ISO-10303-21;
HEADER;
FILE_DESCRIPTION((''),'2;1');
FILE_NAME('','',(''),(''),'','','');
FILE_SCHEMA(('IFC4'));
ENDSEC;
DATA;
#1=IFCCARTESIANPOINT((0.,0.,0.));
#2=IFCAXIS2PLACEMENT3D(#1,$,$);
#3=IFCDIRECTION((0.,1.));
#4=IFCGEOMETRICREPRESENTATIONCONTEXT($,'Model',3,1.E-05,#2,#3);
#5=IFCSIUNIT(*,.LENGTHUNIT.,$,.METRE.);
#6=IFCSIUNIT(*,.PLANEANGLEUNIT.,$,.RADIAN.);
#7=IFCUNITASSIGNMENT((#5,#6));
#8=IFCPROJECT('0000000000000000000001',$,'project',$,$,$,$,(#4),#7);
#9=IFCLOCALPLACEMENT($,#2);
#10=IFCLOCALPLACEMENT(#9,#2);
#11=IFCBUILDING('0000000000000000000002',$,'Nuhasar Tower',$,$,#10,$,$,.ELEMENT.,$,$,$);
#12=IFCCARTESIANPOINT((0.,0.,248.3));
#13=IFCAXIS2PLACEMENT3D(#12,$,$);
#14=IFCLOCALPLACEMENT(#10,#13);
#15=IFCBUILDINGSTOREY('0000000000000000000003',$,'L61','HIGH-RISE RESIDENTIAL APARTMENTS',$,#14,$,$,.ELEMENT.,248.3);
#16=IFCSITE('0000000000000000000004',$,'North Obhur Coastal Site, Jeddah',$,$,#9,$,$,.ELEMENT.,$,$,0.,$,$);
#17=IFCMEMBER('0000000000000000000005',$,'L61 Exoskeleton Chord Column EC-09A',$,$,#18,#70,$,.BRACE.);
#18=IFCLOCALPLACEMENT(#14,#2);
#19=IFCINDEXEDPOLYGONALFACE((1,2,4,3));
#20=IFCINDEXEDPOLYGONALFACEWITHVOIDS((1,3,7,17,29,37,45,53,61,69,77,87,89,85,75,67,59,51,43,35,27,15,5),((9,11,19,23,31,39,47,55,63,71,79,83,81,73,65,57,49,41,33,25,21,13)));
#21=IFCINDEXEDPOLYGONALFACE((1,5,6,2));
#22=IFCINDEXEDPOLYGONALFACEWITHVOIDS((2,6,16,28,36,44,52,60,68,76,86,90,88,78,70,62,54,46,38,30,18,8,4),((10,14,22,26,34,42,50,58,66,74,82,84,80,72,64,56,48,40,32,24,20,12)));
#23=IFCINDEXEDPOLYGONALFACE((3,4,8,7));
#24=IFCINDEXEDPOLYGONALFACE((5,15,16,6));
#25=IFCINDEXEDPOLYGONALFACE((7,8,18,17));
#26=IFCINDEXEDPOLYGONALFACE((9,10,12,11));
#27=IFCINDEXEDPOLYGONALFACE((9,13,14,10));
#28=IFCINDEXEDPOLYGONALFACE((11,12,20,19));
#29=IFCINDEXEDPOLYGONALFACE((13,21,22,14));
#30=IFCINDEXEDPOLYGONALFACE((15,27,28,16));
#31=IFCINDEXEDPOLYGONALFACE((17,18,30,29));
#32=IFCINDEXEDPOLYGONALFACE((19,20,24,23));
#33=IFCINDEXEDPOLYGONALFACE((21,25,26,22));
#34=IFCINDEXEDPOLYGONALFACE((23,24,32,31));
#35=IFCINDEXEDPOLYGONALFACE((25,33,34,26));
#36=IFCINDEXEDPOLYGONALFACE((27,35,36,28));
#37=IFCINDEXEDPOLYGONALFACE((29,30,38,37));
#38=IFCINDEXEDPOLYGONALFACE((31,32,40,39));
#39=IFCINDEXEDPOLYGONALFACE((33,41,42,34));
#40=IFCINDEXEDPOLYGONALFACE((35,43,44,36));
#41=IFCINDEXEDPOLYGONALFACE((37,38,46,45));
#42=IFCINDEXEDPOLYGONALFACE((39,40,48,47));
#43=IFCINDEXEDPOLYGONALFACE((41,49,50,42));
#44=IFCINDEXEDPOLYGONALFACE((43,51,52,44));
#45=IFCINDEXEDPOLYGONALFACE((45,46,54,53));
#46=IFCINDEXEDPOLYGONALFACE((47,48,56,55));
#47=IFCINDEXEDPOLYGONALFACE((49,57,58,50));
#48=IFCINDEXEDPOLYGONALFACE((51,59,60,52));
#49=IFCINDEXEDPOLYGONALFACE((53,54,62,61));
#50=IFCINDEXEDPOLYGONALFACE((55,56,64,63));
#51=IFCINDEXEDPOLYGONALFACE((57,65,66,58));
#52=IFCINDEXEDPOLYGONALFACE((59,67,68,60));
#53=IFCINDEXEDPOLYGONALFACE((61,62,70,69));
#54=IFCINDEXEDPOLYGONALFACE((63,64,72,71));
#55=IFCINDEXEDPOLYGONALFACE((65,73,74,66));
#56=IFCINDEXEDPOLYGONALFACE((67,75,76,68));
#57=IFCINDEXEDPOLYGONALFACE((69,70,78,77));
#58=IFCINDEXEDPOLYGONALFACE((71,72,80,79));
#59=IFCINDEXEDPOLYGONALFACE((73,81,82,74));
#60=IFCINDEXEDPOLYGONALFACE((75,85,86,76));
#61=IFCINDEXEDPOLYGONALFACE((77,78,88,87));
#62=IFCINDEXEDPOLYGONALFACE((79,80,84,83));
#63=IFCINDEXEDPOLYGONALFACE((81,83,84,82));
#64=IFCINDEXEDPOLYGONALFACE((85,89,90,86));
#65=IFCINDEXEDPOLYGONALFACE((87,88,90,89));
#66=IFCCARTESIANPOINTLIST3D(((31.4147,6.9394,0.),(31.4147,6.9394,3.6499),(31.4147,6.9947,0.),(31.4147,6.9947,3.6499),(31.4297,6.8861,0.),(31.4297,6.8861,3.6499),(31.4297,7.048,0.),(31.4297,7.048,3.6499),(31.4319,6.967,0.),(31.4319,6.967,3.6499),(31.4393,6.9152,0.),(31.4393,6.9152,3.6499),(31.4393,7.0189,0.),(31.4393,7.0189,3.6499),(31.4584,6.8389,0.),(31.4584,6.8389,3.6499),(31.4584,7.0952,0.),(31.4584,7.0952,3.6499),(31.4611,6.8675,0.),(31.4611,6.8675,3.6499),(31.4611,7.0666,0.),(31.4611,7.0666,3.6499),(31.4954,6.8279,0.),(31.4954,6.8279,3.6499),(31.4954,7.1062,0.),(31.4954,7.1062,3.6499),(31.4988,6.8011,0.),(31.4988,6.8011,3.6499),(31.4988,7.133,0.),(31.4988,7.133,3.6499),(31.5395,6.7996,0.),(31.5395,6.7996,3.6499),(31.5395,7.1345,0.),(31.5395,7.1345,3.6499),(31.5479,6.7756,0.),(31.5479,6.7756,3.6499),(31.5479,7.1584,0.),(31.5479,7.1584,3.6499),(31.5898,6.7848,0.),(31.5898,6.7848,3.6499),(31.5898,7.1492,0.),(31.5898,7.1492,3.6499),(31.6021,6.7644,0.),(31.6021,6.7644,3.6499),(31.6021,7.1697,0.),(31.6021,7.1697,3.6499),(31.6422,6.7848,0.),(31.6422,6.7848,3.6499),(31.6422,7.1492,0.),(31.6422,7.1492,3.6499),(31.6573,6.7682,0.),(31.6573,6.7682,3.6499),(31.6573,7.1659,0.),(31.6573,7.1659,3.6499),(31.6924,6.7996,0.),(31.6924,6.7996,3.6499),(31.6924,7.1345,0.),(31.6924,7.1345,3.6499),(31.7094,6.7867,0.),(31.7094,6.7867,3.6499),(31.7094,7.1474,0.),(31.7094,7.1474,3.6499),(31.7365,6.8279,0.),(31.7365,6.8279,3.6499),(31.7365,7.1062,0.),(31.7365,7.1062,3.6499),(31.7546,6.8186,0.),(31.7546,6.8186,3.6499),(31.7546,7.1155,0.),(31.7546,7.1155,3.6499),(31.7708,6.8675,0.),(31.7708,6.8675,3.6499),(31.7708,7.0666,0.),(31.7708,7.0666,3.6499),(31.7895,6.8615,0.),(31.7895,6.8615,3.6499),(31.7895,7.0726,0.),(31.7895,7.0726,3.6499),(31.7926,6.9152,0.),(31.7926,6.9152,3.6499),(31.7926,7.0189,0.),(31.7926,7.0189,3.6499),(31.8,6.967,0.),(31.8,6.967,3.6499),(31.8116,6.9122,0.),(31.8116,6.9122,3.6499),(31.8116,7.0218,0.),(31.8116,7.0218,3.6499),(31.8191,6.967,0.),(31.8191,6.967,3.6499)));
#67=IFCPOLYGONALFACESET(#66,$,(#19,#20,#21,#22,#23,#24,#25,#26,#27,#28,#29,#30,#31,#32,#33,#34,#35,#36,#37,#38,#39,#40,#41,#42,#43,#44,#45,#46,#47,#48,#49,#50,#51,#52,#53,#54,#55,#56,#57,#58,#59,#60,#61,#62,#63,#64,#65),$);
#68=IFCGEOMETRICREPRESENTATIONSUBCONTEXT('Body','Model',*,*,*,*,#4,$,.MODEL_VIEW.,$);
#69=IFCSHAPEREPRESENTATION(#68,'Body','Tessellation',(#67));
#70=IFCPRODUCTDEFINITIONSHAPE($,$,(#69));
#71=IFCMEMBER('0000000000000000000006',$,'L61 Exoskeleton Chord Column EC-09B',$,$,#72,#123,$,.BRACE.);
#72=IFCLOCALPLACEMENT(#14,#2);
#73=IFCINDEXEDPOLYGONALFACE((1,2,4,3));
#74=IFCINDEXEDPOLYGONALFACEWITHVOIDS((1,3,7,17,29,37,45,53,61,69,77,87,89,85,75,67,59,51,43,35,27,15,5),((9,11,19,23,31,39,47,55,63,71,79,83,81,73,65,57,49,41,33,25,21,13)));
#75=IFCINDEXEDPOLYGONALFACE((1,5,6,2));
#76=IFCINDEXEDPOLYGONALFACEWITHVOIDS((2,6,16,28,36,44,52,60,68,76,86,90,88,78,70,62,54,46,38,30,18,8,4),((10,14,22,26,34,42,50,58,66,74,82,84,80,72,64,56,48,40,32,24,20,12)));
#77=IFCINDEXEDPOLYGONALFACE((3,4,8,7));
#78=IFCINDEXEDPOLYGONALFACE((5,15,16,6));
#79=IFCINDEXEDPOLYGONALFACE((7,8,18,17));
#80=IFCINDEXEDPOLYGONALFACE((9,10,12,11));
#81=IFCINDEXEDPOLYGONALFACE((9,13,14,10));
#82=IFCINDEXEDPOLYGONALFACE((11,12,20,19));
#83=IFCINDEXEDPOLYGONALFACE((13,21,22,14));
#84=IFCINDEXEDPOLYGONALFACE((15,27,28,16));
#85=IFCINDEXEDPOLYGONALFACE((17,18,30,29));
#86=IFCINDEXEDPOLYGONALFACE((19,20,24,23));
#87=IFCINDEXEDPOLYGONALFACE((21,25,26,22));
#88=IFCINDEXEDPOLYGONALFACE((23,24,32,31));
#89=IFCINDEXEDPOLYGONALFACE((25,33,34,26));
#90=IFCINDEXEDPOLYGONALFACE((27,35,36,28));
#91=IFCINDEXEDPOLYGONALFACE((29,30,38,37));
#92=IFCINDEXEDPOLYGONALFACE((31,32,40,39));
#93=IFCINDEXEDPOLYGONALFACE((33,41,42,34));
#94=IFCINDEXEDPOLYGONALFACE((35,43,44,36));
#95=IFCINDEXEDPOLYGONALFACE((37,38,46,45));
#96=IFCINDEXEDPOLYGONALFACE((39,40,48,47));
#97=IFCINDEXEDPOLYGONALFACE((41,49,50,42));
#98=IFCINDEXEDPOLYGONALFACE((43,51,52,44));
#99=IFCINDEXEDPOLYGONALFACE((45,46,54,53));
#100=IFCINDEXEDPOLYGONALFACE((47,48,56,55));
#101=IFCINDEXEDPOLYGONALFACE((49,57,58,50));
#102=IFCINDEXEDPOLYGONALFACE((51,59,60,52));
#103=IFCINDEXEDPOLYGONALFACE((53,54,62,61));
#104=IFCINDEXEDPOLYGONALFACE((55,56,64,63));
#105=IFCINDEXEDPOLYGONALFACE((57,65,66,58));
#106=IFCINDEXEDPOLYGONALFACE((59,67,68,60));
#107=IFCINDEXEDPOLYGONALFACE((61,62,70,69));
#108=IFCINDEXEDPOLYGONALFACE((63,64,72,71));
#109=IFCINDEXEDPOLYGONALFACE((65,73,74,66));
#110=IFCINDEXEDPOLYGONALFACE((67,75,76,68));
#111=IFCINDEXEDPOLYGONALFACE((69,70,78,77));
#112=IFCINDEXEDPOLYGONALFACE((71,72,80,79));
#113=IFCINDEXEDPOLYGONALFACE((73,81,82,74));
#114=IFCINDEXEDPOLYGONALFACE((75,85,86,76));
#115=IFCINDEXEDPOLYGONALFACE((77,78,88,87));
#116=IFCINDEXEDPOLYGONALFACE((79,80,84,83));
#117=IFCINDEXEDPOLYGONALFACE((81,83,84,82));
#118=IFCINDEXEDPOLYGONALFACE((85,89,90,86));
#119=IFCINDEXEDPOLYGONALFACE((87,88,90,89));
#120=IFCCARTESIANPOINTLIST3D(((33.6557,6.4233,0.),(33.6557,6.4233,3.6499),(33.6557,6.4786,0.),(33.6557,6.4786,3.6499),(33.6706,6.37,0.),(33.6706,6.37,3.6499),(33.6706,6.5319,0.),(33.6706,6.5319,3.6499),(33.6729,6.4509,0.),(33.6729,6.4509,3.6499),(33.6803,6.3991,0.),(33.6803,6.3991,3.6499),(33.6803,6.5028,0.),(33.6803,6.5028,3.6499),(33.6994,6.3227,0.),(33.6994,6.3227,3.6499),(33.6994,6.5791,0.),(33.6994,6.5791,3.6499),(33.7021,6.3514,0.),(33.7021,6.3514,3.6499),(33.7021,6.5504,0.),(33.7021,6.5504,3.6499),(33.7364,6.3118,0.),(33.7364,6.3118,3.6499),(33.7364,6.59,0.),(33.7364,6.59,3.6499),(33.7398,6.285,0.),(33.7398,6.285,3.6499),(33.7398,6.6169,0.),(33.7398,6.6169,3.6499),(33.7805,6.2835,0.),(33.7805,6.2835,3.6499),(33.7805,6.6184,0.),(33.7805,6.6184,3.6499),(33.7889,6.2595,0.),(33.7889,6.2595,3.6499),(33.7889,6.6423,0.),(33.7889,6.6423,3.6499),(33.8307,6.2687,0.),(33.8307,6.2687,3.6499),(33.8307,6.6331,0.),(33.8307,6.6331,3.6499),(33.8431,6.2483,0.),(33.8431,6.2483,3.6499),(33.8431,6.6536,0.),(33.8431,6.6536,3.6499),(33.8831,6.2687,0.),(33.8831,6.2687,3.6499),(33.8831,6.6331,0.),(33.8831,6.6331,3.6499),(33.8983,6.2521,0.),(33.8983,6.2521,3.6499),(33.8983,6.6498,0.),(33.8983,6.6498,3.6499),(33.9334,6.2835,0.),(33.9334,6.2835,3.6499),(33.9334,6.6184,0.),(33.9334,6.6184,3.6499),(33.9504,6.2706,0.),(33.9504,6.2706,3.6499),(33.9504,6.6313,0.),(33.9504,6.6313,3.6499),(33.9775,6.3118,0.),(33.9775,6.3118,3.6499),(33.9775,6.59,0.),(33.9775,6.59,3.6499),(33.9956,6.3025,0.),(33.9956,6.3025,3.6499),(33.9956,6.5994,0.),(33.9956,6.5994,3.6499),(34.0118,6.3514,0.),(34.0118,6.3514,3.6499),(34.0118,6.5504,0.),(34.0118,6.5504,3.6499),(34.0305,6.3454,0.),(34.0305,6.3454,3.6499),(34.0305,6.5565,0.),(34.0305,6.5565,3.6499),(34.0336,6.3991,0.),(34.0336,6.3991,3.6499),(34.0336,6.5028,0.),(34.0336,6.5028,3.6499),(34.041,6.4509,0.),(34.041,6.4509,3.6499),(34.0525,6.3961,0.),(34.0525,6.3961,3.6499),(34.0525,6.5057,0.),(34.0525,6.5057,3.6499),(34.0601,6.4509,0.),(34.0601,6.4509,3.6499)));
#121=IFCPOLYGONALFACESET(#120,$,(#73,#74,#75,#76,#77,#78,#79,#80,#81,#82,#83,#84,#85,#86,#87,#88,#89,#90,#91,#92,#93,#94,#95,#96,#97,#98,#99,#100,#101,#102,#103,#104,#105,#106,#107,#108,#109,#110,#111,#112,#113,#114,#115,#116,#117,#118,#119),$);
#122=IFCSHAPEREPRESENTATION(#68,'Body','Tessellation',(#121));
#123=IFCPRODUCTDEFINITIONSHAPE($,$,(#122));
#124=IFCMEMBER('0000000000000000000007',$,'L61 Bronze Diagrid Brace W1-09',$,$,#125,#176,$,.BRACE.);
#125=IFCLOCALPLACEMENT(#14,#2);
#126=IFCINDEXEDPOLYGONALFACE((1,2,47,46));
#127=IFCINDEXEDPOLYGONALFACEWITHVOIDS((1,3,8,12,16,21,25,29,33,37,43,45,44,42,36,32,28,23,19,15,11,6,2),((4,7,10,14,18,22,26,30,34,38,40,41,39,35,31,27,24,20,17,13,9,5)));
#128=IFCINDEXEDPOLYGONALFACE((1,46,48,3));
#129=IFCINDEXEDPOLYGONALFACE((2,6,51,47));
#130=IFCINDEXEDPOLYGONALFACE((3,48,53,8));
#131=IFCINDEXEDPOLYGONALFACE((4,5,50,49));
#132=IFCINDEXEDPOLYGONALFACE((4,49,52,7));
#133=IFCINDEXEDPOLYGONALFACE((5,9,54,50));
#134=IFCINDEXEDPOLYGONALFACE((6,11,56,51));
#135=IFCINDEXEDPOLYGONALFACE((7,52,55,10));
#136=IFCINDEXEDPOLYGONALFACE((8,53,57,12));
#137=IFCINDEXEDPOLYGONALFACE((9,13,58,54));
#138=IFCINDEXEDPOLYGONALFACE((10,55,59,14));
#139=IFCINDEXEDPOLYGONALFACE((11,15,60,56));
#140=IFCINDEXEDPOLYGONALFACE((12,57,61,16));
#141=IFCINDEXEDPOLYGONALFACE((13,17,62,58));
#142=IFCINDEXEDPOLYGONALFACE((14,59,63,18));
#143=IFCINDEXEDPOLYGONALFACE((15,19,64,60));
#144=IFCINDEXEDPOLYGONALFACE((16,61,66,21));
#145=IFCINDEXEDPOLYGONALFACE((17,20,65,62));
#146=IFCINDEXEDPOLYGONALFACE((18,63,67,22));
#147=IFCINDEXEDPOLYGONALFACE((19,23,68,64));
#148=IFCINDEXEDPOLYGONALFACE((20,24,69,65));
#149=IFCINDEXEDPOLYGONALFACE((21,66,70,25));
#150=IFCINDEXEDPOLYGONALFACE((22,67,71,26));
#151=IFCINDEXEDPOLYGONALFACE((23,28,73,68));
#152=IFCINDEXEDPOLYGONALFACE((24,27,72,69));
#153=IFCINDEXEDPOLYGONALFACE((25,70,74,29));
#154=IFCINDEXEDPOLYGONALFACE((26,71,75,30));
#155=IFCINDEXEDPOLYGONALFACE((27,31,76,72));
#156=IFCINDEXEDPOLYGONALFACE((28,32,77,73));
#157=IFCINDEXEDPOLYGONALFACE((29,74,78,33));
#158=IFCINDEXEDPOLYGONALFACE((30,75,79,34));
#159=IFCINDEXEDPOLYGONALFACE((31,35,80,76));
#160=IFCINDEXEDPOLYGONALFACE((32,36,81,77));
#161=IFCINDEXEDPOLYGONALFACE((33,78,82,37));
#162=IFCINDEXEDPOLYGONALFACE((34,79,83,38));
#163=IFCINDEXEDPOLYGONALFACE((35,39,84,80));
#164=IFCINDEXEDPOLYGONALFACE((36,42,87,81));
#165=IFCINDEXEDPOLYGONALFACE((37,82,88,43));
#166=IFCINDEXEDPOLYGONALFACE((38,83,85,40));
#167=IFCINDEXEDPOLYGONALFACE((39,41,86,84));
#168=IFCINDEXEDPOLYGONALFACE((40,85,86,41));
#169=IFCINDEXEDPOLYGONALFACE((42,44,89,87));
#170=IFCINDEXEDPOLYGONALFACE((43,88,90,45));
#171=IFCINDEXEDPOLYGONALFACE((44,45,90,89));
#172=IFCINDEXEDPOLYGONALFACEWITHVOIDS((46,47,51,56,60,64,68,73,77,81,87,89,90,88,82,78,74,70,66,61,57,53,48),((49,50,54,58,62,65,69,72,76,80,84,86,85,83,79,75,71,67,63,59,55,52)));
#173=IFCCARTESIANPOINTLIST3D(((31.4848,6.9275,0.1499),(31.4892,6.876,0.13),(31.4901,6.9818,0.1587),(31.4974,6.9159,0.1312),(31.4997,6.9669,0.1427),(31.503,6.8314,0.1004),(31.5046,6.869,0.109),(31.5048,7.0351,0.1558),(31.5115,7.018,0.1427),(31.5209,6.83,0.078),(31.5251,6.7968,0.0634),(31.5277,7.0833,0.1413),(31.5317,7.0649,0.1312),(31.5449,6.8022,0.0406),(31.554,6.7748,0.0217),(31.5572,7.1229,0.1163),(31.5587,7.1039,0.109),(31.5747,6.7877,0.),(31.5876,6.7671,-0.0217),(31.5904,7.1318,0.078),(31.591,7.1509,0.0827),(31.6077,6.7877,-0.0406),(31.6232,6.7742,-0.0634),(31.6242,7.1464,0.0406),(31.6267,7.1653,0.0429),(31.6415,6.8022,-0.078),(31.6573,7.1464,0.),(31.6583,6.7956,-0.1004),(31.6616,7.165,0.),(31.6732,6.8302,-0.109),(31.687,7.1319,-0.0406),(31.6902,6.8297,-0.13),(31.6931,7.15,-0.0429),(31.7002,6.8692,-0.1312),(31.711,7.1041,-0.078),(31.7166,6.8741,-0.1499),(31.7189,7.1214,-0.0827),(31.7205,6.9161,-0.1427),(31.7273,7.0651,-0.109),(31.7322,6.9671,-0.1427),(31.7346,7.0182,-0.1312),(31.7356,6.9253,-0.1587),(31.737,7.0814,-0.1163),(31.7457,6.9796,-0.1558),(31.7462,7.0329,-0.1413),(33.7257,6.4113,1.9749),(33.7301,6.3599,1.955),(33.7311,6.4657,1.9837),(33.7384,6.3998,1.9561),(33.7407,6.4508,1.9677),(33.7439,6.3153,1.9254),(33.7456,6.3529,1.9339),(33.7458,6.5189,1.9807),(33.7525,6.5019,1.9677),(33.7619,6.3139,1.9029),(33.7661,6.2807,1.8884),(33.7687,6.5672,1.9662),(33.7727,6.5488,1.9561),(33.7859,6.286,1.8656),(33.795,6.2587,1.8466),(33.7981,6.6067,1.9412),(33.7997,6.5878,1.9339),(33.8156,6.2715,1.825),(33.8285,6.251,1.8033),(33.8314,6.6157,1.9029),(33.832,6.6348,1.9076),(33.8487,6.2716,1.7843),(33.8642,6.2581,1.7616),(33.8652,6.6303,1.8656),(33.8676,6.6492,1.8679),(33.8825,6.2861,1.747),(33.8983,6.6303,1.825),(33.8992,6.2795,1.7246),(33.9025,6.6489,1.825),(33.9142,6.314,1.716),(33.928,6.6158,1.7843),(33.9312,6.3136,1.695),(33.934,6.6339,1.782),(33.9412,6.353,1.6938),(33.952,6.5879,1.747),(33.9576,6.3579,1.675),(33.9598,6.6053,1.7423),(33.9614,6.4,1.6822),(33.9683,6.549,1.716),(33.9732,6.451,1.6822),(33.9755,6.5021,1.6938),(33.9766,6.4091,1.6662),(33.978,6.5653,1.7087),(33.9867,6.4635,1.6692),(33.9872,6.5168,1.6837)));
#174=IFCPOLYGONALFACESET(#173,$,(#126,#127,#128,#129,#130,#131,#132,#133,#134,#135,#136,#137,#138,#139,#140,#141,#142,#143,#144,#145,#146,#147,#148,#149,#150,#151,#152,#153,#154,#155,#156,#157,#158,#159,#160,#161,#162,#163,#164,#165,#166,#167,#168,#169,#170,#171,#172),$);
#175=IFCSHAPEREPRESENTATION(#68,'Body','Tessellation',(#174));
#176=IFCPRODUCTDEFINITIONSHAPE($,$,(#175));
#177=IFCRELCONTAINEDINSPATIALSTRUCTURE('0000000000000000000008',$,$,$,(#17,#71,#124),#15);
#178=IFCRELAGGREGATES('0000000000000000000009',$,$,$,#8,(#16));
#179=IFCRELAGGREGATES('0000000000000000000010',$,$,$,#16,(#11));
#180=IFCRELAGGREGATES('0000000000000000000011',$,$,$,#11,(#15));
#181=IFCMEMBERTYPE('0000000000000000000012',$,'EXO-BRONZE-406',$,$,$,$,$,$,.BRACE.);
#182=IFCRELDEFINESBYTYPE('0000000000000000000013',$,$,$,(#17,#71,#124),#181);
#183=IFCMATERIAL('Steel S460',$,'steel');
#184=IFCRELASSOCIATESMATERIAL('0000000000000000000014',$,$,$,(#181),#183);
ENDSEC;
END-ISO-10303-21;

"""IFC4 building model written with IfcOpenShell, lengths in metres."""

from ifc_helpers import new_model, si_unit, direction, frame, origin, origin_2d, place, context, subcontext, project, spatial, hollow_circle, extrude, material, material_profile, profile_set, type_object, element, save


model = new_model("IFC4")

# Units and contexts
model_context = context("Model", 3, precision=1e-05, world=origin(), true_north=direction((0.0, 1.0)))
body_context = subcontext(model_context, "Body", "Model", "MODEL_VIEW")
ifc_project = project(units=[si_unit("LENGTHUNIT", "METRE"), si_unit("PLANEANGLEUNIT", "RADIAN")], contexts=[model_context])

# Site, building, storey
site_placement = place(None, origin())
site = spatial("IfcSite", under=ifc_project, at=site_placement, Name="North Obhur Coastal Site, Jeddah", CompositionType="ELEMENT", RefElevation=0.0)
building_placement = place(site_placement, origin())
building = spatial("IfcBuilding", under=site, at=building_placement, Name="Nuhasar Tower", CompositionType="ELEMENT")
storey_placement = place(building_placement, frame((0.0, 0.0, 248.3)))
storey = spatial("IfcBuildingStorey", under=building, at=storey_placement, Name="L61", Description="HIGH-RISE RESIDENTIAL APARTMENTS", CompositionType="ELEMENT", Elevation=248.3)

# Members
ifc_material_1 = material(Name="Steel S460", Category="steel")
ifc_material_profile_1 = material_profile(ifc_material_1, hollow_circle(Radius=0.2031, WallThickness=0.019, at=origin_2d()), Name="HSS406.4X19.1")
ifc_profile_set_1 = profile_set([ifc_material_profile_1], Name="Steel S460")
member_type = type_object("IfcMemberType", Name="EXO-BRONZE-406", PredefinedType="BRACE", material=ifc_profile_set_1)
for number, where, z_axis, x_axis, name in (
    (1, (31.616, 6.967, 0.0), (0.0, 0.0, 1.0), (1.0, 0.0, 0.0), "L61 Exoskeleton Chord Column EC-09A"),
    (2, (33.8569, 6.4509, 0.0), (0.0, 0.0, 1.0), (1.0, 0.0, 0.0), "L61 Exoskeleton Chord Column EC-09B"),
):
    element("IfcMember", number, at=place(storey_placement, frame(where, z_axis=z_axis, x_axis=x_axis)), inside=storey, type_object=member_type, Name=name, PredefinedType="BRACE", context=body_context, shape_type="SweptSolid", body=[
        extrude(hollow_circle(Radius=0.2031, WallThickness=0.019, at=origin_2d()), origin(), (0.0, 0.0, 1.0), 3.6499),
    ])
for number, where, z_axis, x_axis, name in (
    (3, (31.616, 6.967, 0.0), (0.763332, -0.175802, 0.621626), (0.224433, 0.97449, 0.0), "L61 Bronze Diagrid Brace W1-09"),
):
    element("IfcMember", number, at=place(storey_placement, frame(where, z_axis=z_axis, x_axis=x_axis)), inside=storey, type_object=member_type, Name=name, PredefinedType="BRACE", context=body_context, shape_type="SweptSolid", body=[
        extrude(hollow_circle(Radius=0.2031, WallThickness=0.019, at=origin_2d()), origin(), (0.0, 0.0, 1.0), 2.9358),
    ])

save(model, "model.ifc")
